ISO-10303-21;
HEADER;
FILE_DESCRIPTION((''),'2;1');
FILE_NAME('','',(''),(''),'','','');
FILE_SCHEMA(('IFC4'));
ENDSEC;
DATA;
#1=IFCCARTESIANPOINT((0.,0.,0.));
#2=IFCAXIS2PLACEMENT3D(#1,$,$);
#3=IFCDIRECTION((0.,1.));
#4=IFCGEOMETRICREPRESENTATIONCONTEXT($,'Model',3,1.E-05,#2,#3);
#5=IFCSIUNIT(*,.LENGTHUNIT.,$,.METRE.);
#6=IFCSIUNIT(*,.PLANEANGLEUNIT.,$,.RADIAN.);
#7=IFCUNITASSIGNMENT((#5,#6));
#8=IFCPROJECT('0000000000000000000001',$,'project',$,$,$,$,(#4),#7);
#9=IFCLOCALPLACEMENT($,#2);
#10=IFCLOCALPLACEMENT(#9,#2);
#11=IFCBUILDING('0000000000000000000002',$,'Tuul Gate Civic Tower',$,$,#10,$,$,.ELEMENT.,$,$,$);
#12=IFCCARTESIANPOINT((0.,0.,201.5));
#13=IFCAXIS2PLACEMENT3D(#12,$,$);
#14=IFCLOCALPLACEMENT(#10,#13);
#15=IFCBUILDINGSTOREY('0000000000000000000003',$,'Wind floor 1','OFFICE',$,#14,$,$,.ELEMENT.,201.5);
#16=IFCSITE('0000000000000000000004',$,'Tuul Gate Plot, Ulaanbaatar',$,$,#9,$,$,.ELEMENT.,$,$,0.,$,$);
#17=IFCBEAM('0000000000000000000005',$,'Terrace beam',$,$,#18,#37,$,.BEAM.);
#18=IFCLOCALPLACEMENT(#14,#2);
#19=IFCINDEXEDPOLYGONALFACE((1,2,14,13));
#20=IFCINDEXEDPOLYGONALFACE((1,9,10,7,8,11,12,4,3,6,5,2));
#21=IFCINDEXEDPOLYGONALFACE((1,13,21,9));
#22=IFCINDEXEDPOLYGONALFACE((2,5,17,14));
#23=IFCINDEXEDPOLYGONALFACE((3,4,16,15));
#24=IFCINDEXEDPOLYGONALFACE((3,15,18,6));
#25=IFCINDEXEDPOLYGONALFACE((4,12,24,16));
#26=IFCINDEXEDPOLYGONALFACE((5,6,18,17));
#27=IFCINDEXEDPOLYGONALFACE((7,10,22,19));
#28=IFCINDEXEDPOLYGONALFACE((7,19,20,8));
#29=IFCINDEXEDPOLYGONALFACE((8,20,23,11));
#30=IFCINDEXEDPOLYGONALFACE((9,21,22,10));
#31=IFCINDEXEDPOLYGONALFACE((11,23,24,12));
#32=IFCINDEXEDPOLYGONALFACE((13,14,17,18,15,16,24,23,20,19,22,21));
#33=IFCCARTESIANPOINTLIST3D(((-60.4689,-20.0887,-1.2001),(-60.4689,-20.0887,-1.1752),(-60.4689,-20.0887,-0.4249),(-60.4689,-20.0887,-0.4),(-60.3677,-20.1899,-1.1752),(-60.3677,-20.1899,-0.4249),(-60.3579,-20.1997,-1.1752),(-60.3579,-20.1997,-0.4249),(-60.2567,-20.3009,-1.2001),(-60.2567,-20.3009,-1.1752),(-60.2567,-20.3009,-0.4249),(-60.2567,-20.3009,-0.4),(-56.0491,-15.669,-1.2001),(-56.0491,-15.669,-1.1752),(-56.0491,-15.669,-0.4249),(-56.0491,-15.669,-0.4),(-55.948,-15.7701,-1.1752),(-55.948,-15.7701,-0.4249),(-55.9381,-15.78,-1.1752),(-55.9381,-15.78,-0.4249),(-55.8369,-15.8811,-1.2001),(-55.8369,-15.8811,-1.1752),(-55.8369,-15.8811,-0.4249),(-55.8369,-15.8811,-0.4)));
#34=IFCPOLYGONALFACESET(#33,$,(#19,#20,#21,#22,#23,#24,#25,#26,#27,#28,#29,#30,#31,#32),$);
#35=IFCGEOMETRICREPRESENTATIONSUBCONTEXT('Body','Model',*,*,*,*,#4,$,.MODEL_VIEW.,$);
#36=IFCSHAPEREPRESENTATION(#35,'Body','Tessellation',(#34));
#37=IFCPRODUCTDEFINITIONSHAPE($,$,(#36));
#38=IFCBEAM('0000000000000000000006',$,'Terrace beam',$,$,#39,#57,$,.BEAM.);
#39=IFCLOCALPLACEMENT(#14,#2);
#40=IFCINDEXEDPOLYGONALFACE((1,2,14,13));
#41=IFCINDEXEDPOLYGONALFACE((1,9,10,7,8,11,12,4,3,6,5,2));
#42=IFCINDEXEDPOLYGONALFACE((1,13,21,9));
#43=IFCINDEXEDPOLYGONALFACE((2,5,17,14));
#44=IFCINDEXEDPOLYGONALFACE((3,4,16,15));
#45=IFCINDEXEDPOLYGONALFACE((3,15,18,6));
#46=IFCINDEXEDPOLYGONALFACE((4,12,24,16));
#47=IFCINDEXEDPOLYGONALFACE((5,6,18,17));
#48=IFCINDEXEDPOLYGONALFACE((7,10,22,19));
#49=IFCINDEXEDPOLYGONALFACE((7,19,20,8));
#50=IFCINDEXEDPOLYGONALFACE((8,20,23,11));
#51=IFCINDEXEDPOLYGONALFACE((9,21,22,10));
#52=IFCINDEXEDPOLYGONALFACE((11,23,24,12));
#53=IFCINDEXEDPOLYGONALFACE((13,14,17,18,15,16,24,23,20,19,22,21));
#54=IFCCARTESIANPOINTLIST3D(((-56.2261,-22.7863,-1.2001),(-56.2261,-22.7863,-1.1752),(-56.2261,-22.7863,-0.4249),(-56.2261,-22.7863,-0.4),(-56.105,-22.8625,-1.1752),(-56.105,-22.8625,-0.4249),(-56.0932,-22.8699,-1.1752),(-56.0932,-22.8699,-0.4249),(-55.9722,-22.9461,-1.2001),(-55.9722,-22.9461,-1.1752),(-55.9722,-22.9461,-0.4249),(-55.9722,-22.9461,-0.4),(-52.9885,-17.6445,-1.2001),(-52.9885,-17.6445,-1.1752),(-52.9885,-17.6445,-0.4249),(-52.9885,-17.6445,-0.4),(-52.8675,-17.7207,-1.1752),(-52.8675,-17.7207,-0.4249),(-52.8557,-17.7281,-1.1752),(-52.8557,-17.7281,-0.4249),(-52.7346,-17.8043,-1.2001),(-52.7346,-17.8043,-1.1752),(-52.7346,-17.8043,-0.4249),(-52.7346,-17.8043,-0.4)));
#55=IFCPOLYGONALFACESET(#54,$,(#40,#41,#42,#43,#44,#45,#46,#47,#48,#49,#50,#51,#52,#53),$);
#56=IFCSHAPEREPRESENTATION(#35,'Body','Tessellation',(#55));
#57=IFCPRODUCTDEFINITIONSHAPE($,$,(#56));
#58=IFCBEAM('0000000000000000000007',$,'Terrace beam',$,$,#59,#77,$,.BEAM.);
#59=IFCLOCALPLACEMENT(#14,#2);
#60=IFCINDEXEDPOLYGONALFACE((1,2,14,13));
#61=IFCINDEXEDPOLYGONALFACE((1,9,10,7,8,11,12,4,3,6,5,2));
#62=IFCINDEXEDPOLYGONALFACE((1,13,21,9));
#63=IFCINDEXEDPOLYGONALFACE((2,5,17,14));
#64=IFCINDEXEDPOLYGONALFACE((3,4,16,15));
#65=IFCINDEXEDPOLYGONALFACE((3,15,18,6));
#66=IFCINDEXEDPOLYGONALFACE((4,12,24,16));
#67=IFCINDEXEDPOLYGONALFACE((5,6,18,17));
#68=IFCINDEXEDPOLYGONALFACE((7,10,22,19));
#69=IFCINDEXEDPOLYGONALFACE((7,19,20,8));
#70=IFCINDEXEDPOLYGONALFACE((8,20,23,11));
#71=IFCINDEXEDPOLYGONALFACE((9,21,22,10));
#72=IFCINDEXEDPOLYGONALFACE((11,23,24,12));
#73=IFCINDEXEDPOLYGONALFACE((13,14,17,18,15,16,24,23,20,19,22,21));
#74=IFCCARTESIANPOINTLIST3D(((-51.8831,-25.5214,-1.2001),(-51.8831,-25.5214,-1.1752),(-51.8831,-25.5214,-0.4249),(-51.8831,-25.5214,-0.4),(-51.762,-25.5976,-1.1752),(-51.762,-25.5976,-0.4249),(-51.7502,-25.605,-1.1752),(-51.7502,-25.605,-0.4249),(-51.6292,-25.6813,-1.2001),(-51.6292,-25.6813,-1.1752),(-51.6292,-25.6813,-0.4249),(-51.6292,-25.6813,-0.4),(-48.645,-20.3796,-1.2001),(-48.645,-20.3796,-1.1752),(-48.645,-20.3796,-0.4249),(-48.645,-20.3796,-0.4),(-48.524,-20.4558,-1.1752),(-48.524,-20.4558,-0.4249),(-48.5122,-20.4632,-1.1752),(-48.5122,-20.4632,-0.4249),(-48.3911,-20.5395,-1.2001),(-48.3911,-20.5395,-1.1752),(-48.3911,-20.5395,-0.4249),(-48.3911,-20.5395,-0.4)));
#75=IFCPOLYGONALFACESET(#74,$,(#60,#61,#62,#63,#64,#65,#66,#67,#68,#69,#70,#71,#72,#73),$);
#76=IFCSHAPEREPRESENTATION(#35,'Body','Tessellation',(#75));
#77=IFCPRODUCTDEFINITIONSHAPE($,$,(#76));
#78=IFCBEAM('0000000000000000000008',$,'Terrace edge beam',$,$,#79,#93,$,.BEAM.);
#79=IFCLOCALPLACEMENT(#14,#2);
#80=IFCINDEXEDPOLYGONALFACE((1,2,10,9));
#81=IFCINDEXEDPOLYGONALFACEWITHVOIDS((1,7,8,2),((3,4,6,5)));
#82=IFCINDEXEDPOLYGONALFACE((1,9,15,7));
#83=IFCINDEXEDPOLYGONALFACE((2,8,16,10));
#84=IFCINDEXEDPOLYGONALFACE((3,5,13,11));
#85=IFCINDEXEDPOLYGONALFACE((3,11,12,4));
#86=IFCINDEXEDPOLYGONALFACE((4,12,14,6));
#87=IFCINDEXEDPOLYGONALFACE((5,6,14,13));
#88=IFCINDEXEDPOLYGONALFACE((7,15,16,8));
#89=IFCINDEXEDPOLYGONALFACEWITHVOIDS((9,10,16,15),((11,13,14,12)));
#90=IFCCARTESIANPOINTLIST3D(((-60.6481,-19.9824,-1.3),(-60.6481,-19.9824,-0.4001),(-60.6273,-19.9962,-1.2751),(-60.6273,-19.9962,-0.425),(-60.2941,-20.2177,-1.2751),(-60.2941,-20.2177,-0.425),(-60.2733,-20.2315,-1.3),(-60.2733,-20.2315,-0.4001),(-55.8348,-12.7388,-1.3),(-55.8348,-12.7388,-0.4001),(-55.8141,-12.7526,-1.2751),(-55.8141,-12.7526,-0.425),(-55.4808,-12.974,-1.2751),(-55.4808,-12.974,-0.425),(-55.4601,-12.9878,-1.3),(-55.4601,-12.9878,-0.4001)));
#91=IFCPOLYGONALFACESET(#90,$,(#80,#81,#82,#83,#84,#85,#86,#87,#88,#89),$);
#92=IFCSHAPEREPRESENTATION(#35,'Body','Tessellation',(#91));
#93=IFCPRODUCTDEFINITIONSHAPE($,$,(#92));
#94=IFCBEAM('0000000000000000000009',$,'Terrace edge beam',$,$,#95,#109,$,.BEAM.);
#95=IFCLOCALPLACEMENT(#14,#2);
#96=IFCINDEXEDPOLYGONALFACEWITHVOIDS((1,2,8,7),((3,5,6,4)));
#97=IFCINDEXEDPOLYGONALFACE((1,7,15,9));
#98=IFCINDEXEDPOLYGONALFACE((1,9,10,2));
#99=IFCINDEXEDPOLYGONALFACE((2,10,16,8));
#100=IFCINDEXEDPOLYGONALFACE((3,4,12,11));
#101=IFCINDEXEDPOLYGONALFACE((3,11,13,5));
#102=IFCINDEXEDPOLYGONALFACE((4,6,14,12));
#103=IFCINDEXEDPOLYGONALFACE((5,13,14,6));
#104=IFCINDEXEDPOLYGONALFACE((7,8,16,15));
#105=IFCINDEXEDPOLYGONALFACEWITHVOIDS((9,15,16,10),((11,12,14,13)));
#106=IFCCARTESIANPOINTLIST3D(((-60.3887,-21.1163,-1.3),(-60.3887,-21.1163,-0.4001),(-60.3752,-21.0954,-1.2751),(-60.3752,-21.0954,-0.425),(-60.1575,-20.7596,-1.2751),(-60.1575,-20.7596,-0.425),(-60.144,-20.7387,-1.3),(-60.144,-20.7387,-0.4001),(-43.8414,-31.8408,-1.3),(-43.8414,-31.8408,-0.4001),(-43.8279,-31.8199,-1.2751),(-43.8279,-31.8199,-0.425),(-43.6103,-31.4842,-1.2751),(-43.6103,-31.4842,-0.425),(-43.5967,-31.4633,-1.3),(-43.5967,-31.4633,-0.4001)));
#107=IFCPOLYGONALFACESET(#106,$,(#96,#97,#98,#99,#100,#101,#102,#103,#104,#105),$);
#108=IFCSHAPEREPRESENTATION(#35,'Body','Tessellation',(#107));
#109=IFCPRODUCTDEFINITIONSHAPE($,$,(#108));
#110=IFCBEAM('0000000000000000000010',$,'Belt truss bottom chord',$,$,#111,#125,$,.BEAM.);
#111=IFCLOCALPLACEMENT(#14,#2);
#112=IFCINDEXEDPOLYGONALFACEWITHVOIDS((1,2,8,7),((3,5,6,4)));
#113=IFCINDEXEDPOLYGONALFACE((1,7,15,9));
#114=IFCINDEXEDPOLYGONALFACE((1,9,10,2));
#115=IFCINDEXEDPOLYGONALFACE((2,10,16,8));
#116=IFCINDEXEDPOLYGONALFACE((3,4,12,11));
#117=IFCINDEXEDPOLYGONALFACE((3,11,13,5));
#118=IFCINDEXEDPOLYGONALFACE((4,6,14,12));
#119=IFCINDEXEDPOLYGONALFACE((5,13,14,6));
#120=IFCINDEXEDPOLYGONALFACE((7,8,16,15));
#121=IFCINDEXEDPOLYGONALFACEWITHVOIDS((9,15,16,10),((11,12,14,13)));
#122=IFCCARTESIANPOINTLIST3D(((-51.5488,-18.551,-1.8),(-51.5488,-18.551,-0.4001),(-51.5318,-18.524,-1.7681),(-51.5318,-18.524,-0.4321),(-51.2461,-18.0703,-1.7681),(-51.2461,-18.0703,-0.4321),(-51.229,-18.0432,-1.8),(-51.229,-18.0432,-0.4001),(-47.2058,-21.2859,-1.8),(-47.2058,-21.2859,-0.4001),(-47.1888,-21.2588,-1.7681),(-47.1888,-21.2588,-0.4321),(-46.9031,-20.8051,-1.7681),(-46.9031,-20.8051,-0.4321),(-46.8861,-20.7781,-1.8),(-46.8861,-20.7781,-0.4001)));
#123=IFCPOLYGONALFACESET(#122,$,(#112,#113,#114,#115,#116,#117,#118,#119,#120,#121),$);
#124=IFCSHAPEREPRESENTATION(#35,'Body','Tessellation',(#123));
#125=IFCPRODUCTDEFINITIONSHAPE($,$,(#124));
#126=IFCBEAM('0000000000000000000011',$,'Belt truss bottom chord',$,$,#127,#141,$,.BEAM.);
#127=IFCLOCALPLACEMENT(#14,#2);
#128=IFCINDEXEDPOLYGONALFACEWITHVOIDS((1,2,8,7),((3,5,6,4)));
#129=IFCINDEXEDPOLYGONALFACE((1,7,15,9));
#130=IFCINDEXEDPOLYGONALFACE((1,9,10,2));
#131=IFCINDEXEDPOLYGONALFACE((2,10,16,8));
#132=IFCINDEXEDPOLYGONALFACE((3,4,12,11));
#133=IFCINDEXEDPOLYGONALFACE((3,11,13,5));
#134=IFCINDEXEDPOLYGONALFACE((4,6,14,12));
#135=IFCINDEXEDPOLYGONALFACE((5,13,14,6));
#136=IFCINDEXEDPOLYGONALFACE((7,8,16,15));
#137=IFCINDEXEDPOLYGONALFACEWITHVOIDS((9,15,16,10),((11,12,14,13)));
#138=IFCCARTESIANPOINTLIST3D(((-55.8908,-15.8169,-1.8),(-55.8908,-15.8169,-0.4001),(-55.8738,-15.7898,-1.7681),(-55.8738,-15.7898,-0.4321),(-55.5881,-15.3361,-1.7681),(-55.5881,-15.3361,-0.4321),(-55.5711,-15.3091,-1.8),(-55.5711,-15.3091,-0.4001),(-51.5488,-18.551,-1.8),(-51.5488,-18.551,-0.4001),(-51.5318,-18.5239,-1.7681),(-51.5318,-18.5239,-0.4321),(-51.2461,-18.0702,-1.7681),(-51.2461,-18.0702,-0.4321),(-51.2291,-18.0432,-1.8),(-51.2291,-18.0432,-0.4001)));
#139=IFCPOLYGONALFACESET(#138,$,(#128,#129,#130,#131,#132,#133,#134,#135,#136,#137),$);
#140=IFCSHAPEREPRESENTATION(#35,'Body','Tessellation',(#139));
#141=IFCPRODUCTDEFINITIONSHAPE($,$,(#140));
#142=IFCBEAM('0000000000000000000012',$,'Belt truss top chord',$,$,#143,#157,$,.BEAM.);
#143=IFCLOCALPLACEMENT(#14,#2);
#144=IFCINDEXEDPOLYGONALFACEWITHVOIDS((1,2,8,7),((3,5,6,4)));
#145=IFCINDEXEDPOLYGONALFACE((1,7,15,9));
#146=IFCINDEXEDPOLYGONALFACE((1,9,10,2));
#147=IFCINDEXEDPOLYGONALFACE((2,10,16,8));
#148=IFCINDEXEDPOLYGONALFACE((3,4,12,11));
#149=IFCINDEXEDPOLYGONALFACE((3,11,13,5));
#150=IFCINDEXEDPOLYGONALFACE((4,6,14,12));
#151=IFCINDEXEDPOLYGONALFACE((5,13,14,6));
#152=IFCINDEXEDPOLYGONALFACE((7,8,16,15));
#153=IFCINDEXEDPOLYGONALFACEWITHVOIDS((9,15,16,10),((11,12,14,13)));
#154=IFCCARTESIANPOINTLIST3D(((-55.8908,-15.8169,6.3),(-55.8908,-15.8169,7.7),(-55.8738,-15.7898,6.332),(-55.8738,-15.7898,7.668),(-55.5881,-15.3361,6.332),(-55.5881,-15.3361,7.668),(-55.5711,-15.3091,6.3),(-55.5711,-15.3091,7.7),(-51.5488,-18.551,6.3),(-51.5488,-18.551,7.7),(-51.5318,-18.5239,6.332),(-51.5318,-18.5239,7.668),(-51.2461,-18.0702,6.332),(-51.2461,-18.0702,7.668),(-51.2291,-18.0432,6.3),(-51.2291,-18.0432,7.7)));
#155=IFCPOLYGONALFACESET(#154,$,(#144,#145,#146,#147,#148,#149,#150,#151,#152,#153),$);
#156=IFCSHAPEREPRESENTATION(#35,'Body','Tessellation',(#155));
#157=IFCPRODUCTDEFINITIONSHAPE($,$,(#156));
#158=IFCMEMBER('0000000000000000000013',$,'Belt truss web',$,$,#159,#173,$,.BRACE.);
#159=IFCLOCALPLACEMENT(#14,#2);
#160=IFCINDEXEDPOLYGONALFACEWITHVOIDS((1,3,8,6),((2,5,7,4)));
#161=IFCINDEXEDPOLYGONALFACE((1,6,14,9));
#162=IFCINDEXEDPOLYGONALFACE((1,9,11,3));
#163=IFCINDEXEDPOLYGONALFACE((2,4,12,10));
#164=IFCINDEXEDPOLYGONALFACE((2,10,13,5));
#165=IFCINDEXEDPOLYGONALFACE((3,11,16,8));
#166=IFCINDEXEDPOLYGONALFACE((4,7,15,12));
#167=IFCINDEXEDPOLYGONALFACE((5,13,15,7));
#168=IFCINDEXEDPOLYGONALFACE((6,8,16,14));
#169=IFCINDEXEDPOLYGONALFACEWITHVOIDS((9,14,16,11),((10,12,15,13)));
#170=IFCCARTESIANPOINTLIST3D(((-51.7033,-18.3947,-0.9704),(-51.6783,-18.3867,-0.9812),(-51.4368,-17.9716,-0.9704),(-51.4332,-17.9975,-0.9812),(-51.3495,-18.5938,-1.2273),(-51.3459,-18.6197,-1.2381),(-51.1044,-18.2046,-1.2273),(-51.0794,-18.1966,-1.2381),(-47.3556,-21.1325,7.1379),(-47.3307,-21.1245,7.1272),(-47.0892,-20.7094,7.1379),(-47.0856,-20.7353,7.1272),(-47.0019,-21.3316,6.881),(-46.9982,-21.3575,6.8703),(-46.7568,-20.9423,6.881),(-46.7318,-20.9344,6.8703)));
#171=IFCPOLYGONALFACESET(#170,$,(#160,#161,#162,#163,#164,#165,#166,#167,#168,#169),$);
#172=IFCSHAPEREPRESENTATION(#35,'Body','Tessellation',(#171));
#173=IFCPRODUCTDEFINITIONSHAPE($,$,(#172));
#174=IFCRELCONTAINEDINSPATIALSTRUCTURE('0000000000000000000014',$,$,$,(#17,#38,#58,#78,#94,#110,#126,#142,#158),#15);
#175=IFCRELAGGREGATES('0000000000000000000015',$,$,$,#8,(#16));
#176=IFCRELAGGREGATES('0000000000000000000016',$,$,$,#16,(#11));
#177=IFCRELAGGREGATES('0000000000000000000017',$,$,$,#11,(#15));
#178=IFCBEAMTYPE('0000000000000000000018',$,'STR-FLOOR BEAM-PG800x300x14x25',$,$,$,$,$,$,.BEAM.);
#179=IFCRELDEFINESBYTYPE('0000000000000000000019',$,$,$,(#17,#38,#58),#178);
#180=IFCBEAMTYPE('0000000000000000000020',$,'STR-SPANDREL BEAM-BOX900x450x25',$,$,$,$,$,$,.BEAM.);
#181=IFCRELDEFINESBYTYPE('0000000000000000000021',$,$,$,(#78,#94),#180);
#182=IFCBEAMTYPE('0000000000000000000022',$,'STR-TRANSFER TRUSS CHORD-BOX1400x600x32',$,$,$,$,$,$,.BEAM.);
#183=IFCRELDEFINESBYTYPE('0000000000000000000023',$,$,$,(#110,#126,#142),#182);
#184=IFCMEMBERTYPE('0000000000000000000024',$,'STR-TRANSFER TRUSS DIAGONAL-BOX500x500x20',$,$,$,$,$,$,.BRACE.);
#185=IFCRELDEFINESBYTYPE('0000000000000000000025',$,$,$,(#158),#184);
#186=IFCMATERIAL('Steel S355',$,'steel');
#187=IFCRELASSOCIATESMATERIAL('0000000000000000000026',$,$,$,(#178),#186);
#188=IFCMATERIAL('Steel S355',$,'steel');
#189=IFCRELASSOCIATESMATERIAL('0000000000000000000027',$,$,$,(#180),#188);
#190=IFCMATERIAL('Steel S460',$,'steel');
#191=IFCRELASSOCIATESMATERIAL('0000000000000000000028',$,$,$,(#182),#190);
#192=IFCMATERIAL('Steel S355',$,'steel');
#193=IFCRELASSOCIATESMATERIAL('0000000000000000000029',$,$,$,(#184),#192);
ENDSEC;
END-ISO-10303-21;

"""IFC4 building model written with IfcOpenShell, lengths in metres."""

from ifc_helpers import new_model, si_unit, direction, frame, origin, origin_2d, place, context, subcontext, project, spatial, hollow_rectangle, i_section, extrude, material, material_profile, profile_set, type_object, element, save


model = new_model("IFC4")

# Units and contexts
model_context = context("Model", 3, precision=1e-05, world=origin(), true_north=direction((0.0, 1.0)))
body_context = subcontext(model_context, "Body", "Model", "MODEL_VIEW")
ifc_project = project(units=[si_unit("LENGTHUNIT", "METRE"), si_unit("PLANEANGLEUNIT", "RADIAN")], contexts=[model_context])

# Site, building, storey
site_placement = place(None, origin())
site = spatial("IfcSite", under=ifc_project, at=site_placement, Name="Tuul Gate Plot, Ulaanbaatar", CompositionType="ELEMENT", RefElevation=0.0)
building_placement = place(site_placement, origin())
building = spatial("IfcBuilding", under=site, at=building_placement, Name="Tuul Gate Civic Tower", CompositionType="ELEMENT")
storey_placement = place(building_placement, frame((0.0, 0.0, 201.5)))
storey = spatial("IfcBuildingStorey", under=building, at=storey_placement, Name="Wind floor 1", Description="OFFICE", CompositionType="ELEMENT", Elevation=201.5)

# Beams
ifc_material_1 = material(Name="Steel S355", Category="steel")
ifc_material_profile_1 = material_profile(ifc_material_1, i_section(OverallWidth=0.3, OverallDepth=0.8, WebThickness=0.0139, FlangeThickness=0.0249, at=origin_2d()), Name="PG800x300x14x25")
ifc_profile_set_1 = profile_set([ifc_material_profile_1], Name="Steel S355")
beam_type_1 = type_object("IfcBeamType", Name="STR-FLOOR BEAM-PG800x300x14x25", PredefinedType="BEAM", material=ifc_profile_set_1)
beam_1_placement = place(storey_placement, frame((-60.3628, -20.1948, -0.8), z_axis=(0.707107, 0.707107, 0.0), x_axis=(-0.707107, 0.707107, 0.0)))
element("IfcBeam", 1, at=beam_1_placement, inside=storey, type_object=beam_type_1, Name="Terrace beam", PredefinedType="BEAM", context=body_context, shape_type="SweptSolid", body=[
    extrude(i_section(OverallWidth=0.3, OverallDepth=0.8, WebThickness=0.0139, FlangeThickness=0.0249, at=origin_2d()), origin(), (0.0, 0.0, 1.0), 6.2505),
])
beam_2_placement = place(storey_placement, frame((-56.0991, -22.8662, -0.8), z_axis=(0.532824, 0.846226, 0.0), x_axis=(-0.846226, 0.532824, 0.0)))
element("IfcBeam", 2, at=beam_2_placement, inside=storey, type_object=beam_type_1, Name="Terrace beam", PredefinedType="BEAM", context=body_context, shape_type="SweptSolid", body=[
    extrude(i_section(OverallWidth=0.3, OverallDepth=0.8, WebThickness=0.0139, FlangeThickness=0.0249, at=origin_2d()), origin(), (0.0, 0.0, 1.0), 6.0762),
])
beam_3_placement = place(storey_placement, frame((-51.7561, -25.6013, -0.8), z_axis=(0.532881, 0.84619, 0.0), x_axis=(-0.84619, 0.532881, 0.0)))
element("IfcBeam", 3, at=beam_3_placement, inside=storey, type_object=beam_type_1, Name="Terrace beam", PredefinedType="BEAM", context=body_context, shape_type="SweptSolid", body=[
    extrude(i_section(OverallWidth=0.3, OverallDepth=0.8, WebThickness=0.0139, FlangeThickness=0.0249, at=origin_2d()), origin(), (0.0, 0.0, 1.0), 6.0764),
])
ifc_material_2 = material(Name="Steel S355", Category="steel")
ifc_material_profile_2 = material_profile(ifc_material_2, hollow_rectangle(XDim=0.45, YDim=0.8999, WallThickness=0.0249, at=origin_2d()), Name="BOX900x450x25")
ifc_profile_set_2 = profile_set([ifc_material_profile_2], Name="Steel S355")
beam_type_2 = type_object("IfcBeamType", Name="STR-SPANDREL BEAM-BOX900x450x25", PredefinedType="BEAM", material=ifc_profile_set_2)
beam_4_placement = place(storey_placement, frame((-55.6475, -12.8633, -0.8501), z_axis=(-0.553436, -0.832891, 0.0), x_axis=(0.832891, -0.553436, 0.0)))
element("IfcBeam", 4, at=beam_4_placement, inside=storey, type_object=beam_type_2, Name="Terrace edge beam", PredefinedType="BEAM", context=body_context, shape_type="SweptSolid", body=[
    extrude(hollow_rectangle(XDim=0.45, YDim=0.8999, WallThickness=0.0249, at=origin_2d()), origin(), (0.0, 0.0, 1.0), 8.697),
])
beam_5_placement = place(storey_placement, frame((-60.2664, -20.9275, -0.8501), z_axis=(0.839165, -0.543876, 0.0), x_axis=(0.543876, 0.839165, 0.0)))
element("IfcBeam", 5, at=beam_5_placement, inside=storey, type_object=beam_type_2, Name="Terrace edge beam", PredefinedType="BEAM", context=body_context, shape_type="SweptSolid", body=[
    extrude(hollow_rectangle(XDim=0.45, YDim=0.8999, WallThickness=0.0249, at=origin_2d()), origin(), (0.0, 0.0, 1.0), 19.7188),
])
ifc_material_3 = material(Name="Steel S460", Category="steel")
ifc_material_profile_3 = material_profile(ifc_material_3, hollow_rectangle(XDim=0.6001, YDim=1.3999, WallThickness=0.032, at=origin_2d()), Name="BOX1400x600x32")
ifc_profile_set_3 = profile_set([ifc_material_profile_3], Name="Steel S460")
beam_type_3 = type_object("IfcBeamType", Name="STR-TRANSFER TRUSS CHORD-BOX1400x600x32", PredefinedType="BEAM", material=ifc_profile_set_3)
beam_6_placement = place(storey_placement, frame((-51.3889, -18.2971, -1.1001), z_axis=(0.8462, -0.532865, 0.0), x_axis=(0.532865, 0.8462, 0.0)))
element("IfcBeam", 6, at=beam_6_placement, inside=storey, type_object=beam_type_3, Name="Belt truss bottom chord", PredefinedType="BEAM", context=body_context, shape_type="SweptSolid", body=[
    extrude(hollow_rectangle(XDim=0.6001, YDim=1.3999, WallThickness=0.032, at=origin_2d()), origin(), (0.0, 0.0, 1.0), 5.1323),
])
for number, where, z_axis, x_axis, name in (
    (7, (-55.731, -15.563, -1.1001), (0.846211, -0.532849, 0.0), (0.532849, 0.846211, 0.0), "Belt truss bottom chord"),
    (8, (-55.731, -15.563, 7.0), (0.846211, -0.532849, 0.0), (0.532849, 0.846211, 0.0), "Belt truss top chord"),
):
    element("IfcBeam", number, at=place(storey_placement, frame(where, z_axis=z_axis, x_axis=x_axis)), inside=storey, type_object=beam_type_3, Name=name, PredefinedType="BEAM", context=body_context, shape_type="SweptSolid", body=[
        extrude(hollow_rectangle(XDim=0.6001, YDim=1.3999, WallThickness=0.032, at=origin_2d()), origin(), (0.0, 0.0, 1.0), 5.1311),
    ])

# Member
ifc_material_4 = material(Name="Steel S355", Category="steel")
ifc_material_profile_4 = material_profile(ifc_material_4, hollow_rectangle(XDim=0.5, YDim=0.5, WallThickness=0.02, at=origin_2d()), Name="BOX500x500x20")
ifc_profile_set_4 = profile_set([ifc_material_profile_4], Name="Steel S355")
member_type_1 = type_object("IfcMemberType", Name="STR-TRANSFER TRUSS DIAGONAL-BOX500x500x20", PredefinedType="BRACE", material=ifc_profile_set_4)
member_1_placement = place(storey_placement, frame((-51.3914, -18.2957, -1.1042), z_axis=(0.452921, -0.285212, 0.844699), x_axis=(0.532866, 0.8462, 0.0)))
element("IfcMember", 9, at=member_1_placement, inside=storey, type_object=member_type_1, Name="Belt truss web", PredefinedType="BRACE", context=body_context, shape_type="SweptSolid", body=[
    extrude(hollow_rectangle(XDim=0.5, YDim=0.5, WallThickness=0.02, at=origin_2d()), origin(), (0.0, 0.0, 1.0), 9.5991),
])

save(model, "model.ifc")
